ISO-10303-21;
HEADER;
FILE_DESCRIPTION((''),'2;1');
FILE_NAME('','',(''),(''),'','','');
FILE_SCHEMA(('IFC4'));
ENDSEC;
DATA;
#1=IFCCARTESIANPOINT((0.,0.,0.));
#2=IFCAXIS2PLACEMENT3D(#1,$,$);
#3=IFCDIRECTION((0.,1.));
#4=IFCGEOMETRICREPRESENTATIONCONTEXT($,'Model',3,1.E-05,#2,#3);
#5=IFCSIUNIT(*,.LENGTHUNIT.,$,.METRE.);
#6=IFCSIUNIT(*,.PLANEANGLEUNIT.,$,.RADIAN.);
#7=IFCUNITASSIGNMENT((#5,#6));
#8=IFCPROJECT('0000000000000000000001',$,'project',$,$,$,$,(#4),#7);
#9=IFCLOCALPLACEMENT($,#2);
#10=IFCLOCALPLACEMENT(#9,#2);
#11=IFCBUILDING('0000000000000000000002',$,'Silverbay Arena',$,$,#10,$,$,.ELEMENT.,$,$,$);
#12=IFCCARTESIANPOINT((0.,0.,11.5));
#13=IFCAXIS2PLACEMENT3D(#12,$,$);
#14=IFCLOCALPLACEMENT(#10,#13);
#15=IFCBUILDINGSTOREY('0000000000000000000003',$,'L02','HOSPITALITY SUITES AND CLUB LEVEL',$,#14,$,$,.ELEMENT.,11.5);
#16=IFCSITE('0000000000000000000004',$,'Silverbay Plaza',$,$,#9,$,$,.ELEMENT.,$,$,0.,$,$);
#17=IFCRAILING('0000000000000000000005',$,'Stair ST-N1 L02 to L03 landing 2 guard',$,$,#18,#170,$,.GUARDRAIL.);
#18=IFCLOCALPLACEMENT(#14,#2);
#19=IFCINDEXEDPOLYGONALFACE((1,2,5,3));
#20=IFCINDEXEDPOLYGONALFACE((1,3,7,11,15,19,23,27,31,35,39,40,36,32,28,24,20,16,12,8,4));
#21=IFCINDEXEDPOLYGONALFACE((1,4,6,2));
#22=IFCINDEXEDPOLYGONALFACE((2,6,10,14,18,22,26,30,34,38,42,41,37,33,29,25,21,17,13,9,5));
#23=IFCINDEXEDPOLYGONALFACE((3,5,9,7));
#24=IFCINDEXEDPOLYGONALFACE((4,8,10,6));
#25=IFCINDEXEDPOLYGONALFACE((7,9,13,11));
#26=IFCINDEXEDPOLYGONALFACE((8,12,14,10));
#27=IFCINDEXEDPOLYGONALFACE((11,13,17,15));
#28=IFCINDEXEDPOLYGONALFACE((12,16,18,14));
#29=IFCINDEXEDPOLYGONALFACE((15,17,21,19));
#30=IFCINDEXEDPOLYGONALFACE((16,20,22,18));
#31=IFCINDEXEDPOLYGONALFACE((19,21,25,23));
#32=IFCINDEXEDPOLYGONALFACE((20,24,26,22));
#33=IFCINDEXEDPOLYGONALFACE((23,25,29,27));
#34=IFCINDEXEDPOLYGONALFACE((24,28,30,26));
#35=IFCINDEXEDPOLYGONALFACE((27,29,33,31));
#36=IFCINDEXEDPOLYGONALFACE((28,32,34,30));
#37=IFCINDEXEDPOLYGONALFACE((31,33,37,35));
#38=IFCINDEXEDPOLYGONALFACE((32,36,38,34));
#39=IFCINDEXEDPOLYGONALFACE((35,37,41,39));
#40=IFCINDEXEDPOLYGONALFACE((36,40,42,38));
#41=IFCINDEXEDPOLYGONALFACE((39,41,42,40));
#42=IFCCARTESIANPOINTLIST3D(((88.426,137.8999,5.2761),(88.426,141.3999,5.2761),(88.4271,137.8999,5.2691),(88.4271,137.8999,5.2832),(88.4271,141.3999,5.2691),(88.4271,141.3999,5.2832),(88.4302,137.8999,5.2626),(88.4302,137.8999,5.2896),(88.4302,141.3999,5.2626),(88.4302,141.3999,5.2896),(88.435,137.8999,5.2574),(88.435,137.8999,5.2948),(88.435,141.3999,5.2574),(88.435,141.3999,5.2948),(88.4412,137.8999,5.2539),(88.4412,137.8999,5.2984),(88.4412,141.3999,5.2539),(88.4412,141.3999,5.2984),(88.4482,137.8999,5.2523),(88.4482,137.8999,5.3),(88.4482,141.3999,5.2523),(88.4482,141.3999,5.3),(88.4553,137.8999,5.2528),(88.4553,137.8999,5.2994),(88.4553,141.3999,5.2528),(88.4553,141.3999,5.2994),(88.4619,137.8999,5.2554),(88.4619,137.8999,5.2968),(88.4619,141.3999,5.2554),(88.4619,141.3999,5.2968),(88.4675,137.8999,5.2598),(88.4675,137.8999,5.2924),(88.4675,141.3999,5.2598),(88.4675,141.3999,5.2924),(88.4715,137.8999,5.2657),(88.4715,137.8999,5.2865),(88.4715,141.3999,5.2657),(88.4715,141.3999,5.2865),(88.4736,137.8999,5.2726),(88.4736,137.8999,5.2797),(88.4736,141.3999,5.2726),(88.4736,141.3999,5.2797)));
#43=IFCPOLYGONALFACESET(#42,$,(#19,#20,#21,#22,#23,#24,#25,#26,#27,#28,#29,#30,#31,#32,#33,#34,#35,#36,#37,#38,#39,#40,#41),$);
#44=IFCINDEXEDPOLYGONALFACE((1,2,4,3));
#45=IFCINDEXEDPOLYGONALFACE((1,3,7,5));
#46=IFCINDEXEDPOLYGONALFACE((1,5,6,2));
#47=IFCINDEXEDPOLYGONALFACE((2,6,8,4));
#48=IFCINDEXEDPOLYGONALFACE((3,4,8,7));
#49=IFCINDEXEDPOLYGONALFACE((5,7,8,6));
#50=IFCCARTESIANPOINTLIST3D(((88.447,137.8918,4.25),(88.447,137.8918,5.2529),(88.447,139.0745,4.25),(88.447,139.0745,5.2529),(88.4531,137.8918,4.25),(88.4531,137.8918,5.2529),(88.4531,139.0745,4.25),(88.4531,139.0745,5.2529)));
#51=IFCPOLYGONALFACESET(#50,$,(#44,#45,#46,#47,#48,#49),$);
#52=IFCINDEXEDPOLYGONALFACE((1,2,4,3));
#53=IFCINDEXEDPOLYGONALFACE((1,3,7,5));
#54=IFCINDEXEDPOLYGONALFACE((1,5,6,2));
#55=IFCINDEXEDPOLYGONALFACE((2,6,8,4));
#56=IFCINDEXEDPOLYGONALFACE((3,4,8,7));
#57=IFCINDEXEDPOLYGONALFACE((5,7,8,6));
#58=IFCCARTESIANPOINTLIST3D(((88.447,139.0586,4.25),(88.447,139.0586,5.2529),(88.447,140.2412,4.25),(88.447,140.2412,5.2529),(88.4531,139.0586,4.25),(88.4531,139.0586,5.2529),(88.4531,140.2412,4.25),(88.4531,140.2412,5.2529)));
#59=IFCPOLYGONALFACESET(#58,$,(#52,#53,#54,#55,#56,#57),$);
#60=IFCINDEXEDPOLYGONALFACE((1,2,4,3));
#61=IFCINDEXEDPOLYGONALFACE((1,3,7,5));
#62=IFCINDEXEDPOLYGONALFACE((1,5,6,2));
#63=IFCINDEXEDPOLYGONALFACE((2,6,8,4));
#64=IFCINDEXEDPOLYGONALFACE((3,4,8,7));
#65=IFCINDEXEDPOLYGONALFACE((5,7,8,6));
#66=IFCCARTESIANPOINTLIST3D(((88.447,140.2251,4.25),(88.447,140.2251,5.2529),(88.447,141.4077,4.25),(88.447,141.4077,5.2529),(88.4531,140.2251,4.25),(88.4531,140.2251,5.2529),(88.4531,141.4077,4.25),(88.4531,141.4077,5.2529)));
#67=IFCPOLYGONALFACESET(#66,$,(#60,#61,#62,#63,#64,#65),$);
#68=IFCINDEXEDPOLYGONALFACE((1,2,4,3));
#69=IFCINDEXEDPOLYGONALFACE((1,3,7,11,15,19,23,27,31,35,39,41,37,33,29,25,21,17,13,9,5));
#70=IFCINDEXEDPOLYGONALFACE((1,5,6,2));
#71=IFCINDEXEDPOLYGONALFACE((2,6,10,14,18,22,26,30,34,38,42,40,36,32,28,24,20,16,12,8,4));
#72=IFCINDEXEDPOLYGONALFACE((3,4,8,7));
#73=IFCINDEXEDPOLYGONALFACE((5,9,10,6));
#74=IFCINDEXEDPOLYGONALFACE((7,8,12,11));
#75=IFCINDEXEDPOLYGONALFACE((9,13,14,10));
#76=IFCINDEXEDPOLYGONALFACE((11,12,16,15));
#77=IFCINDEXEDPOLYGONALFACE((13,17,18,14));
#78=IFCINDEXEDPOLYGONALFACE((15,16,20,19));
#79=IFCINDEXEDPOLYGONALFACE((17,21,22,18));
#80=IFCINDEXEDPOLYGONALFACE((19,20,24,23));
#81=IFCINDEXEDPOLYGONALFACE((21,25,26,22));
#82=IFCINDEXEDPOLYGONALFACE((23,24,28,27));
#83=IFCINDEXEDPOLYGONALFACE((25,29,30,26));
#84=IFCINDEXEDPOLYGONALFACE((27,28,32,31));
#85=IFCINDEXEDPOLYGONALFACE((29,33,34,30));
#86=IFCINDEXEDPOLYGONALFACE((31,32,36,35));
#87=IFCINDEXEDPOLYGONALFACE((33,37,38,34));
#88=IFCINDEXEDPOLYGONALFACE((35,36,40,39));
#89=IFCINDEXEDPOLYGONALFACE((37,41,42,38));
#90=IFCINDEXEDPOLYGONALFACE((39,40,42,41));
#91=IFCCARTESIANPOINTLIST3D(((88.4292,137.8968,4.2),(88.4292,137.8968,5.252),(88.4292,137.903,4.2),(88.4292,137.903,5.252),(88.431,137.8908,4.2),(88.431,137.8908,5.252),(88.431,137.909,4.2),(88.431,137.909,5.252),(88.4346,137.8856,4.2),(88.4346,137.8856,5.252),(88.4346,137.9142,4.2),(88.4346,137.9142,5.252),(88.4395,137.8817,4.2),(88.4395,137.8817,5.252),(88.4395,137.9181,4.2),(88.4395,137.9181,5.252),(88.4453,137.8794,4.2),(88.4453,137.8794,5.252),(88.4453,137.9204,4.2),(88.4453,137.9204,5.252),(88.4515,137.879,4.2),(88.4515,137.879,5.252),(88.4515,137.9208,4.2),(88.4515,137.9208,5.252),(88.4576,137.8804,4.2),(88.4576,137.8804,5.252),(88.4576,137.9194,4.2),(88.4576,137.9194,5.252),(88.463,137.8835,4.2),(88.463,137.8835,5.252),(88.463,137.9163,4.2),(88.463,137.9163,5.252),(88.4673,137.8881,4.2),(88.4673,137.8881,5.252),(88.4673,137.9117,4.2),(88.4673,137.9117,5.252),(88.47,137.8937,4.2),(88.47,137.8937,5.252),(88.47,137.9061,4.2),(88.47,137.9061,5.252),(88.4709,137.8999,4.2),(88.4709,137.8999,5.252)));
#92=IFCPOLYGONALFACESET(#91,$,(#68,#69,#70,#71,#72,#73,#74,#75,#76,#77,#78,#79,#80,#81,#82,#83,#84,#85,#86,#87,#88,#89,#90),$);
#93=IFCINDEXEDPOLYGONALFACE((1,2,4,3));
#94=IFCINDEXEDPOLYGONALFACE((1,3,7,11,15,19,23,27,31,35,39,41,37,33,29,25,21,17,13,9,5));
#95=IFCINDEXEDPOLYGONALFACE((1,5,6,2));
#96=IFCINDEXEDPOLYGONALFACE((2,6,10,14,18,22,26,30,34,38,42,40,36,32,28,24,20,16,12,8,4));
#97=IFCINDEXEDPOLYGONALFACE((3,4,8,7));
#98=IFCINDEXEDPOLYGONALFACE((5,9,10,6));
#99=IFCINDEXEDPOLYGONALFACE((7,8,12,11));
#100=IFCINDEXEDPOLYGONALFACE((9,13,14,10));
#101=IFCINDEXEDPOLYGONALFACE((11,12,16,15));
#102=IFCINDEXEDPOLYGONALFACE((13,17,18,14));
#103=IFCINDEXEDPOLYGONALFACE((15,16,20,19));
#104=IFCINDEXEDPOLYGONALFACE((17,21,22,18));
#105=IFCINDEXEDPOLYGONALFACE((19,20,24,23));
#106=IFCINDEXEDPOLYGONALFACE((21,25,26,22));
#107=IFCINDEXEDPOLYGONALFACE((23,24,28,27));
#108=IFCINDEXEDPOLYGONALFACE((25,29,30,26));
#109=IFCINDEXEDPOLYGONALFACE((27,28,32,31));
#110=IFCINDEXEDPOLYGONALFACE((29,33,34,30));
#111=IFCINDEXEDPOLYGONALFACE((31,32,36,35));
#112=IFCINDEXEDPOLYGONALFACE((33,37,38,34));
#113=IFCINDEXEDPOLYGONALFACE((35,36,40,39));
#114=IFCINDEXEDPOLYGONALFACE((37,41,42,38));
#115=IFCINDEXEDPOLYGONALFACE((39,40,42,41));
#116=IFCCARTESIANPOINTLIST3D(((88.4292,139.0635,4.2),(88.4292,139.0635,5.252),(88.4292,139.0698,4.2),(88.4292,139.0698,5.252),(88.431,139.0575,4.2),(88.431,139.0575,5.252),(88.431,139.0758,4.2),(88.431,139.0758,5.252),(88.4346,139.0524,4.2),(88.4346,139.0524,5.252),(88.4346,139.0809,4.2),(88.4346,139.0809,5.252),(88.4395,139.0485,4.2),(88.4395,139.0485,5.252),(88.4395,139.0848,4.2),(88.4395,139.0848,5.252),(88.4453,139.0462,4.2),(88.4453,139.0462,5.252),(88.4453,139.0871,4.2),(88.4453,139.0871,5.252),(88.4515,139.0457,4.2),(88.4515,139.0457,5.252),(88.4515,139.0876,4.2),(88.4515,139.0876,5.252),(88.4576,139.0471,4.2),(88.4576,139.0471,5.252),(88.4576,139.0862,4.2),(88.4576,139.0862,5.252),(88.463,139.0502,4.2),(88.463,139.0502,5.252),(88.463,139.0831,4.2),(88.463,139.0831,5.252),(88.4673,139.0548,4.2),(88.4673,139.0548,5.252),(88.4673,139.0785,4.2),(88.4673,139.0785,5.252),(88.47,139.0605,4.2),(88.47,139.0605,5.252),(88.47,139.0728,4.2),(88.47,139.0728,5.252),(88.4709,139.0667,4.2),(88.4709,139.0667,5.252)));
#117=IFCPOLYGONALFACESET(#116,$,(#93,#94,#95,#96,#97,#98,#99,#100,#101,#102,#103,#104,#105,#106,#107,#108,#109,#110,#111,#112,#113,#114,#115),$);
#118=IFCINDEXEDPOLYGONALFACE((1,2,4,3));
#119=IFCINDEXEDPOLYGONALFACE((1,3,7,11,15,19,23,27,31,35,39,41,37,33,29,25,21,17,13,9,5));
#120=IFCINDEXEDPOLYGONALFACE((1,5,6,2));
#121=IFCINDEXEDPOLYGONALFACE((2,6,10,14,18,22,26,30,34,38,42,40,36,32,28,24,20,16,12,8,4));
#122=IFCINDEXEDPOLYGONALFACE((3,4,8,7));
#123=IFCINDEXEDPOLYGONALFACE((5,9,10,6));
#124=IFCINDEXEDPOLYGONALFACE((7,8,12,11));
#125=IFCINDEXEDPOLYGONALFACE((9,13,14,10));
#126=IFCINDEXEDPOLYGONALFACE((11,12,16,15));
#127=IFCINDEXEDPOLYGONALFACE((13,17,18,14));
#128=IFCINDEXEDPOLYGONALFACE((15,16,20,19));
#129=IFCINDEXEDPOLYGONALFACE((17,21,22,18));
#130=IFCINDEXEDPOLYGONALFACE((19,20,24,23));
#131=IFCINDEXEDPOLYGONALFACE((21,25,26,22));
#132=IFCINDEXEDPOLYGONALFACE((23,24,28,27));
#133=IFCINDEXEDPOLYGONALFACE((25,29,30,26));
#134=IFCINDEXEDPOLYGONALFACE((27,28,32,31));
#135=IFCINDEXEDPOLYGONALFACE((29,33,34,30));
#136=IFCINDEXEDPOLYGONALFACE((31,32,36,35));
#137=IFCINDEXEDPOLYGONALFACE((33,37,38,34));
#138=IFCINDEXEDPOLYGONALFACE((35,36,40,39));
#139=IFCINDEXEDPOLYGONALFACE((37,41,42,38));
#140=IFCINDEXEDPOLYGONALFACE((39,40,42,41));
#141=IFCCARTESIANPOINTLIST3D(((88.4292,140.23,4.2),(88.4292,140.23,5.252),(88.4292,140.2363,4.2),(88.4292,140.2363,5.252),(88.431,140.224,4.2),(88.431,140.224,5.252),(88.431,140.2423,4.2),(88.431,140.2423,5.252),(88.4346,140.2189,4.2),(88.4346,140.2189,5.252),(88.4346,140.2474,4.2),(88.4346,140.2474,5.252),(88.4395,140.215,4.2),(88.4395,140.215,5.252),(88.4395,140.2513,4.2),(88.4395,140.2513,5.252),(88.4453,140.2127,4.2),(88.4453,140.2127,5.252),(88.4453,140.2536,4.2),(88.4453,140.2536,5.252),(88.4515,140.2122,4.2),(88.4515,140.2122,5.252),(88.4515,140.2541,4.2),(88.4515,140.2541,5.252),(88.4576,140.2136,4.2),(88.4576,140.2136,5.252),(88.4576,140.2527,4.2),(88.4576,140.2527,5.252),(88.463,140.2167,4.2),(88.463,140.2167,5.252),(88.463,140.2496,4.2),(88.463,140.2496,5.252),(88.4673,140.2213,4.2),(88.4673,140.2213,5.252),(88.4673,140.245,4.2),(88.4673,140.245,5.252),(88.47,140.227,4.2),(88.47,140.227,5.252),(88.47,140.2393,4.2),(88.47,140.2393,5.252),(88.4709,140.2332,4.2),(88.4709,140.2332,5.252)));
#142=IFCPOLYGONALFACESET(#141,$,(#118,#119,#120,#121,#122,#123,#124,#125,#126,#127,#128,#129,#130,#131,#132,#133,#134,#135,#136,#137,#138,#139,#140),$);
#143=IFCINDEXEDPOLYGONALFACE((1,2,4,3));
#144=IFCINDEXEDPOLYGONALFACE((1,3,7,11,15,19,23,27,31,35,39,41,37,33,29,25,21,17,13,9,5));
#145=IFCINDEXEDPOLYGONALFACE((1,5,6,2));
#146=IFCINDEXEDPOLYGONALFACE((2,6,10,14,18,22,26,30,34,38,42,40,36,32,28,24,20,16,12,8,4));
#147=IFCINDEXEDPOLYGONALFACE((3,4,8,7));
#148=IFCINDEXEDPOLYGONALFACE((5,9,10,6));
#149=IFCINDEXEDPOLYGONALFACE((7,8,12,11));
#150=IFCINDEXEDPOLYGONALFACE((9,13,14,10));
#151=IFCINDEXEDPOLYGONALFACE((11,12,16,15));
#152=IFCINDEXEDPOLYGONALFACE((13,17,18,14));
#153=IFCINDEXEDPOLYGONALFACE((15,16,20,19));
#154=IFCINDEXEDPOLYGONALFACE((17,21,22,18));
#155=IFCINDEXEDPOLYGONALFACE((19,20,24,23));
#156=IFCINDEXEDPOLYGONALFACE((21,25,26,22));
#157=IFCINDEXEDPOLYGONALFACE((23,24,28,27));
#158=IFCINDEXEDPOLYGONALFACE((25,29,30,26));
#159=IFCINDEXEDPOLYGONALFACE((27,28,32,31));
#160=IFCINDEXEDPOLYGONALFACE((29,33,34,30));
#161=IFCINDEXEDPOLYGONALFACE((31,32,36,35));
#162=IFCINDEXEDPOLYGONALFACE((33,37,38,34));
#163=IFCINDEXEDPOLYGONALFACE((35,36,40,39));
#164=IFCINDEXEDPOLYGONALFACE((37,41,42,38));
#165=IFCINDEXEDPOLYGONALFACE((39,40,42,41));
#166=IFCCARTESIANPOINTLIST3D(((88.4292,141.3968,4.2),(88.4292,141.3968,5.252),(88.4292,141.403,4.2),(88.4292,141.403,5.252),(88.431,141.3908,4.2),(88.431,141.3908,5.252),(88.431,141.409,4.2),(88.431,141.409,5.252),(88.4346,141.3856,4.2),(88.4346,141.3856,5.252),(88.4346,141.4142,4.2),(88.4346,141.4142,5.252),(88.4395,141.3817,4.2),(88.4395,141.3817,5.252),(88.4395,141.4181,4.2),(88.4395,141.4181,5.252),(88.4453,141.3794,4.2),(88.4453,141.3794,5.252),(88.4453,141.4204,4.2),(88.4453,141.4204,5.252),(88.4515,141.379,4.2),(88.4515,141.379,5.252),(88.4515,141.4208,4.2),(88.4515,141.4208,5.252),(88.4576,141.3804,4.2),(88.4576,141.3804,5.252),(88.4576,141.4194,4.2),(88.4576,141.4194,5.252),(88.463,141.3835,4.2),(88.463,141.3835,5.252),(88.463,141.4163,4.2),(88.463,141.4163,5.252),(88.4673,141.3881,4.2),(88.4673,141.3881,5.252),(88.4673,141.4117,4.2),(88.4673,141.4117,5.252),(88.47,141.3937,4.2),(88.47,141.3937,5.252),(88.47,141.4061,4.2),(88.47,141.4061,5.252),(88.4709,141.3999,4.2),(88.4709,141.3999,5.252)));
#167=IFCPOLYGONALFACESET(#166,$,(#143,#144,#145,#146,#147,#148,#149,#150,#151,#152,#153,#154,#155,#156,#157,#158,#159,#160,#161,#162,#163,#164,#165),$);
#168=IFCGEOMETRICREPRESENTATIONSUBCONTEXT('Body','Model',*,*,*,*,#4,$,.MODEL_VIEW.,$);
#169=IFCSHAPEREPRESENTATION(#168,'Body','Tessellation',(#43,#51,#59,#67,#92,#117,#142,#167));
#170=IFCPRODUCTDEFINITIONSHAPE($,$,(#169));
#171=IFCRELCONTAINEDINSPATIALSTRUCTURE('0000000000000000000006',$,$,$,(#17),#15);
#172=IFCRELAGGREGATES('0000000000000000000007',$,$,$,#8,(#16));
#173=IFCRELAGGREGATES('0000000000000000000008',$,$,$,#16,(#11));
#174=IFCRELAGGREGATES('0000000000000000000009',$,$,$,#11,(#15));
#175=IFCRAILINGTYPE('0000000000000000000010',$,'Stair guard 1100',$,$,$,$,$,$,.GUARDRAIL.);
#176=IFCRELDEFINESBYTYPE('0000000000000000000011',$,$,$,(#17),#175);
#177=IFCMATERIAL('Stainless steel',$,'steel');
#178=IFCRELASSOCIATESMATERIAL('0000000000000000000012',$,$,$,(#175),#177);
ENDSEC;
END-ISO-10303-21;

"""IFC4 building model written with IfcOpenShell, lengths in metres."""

from ifc_helpers import new_model, si_unit, direction, frame, origin, origin_2d, place, context, subcontext, project, spatial, polyline, circle, outline, extrude, material, type_object, element, save


model = new_model("IFC4")

# Units and contexts
model_context = context("Model", 3, precision=1e-05, world=origin(), true_north=direction((0.0, 1.0)))
body_context = subcontext(model_context, "Body", "Model", "MODEL_VIEW")
ifc_project = project(units=[si_unit("LENGTHUNIT", "METRE"), si_unit("PLANEANGLEUNIT", "RADIAN")], contexts=[model_context])

# Site, building, storey
site_placement = place(None, origin())
site = spatial("IfcSite", under=ifc_project, at=site_placement, Name="Silverbay Plaza", CompositionType="ELEMENT", RefElevation=0.0)
building_placement = place(site_placement, origin())
building = spatial("IfcBuilding", under=site, at=building_placement, Name="Silverbay Arena", CompositionType="ELEMENT")
storey_placement = place(building_placement, frame((0.0, 0.0, 11.5)))
storey = spatial("IfcBuildingStorey", under=building, at=storey_placement, Name="L02", Description="HOSPITALITY SUITES AND CLUB LEVEL", CompositionType="ELEMENT", Elevation=11.5)

# Railing
ifc_material_1 = material(Name="Stainless steel", Category="steel")
railing_type_1 = type_object("IfcRailingType", Name="Stair guard 1100", PredefinedType="GUARDRAIL", material=ifc_material_1)
for number, where, name in (
    (1, (88.45, 137.8999, 4.2), "Stair ST-N1 L02 to L03 landing 2 guard"),
):
    element("IfcRailing", number, at=place(storey_placement, frame(where)), inside=storey, type_object=railing_type_1, Name=name, PredefinedType="GUARDRAIL", context=body_context, shape_type="SweptSolid", body=[
        extrude(circle(Radius=0.0239, at=origin_2d()), frame((0.0, 0.0, 1.0762), z_axis=(0.0, 1.0, 0.0), x_axis=(-1.0, 0.0, 0.0)), (0.0, 0.0, 1.0), 3.5),
        extrude(outline(polyline([(-0.0081, 0.05), (1.1746, 0.05), (1.1746, 1.053), (-0.0081, 1.053), (-0.0081, 0.05)])), frame((-0.0029, 0.0, 0.0), z_axis=(1.0, 0.0, 0.0), x_axis=(0.0, 1.0, 0.0)), (0.0, 0.0, 1.0), 0.0061),
        extrude(outline(polyline([(-0.0081, 0.05), (1.1746, 0.05), (1.1746, 1.053), (-0.0081, 1.053), (-0.0081, 0.05)])), frame((-0.0029, 1.1667, 0.0), z_axis=(1.0, 0.0, 0.0), x_axis=(0.0, 1.0, 0.0)), (0.0, 0.0, 1.0), 0.0061),
        extrude(outline(polyline([(-0.0081, 0.05), (1.1746, 0.05), (1.1746, 1.053), (-0.0081, 1.053), (-0.0081, 0.05)])), frame((-0.0029, 2.3333, 0.0), z_axis=(1.0, 0.0, 0.0), x_axis=(0.0, 1.0, 0.0)), (0.0, 0.0, 1.0), 0.0061),
        extrude(circle(Radius=0.021, at=origin_2d()), origin(), (0.0, 0.0, 1.0), 1.052),
        extrude(circle(Radius=0.021, at=origin_2d()), frame((0.0, 1.1667, 0.0)), (0.0, 0.0, 1.0), 1.052),
        extrude(circle(Radius=0.021, at=origin_2d()), frame((0.0, 2.3333, 0.0)), (0.0, 0.0, 1.0), 1.052),
        extrude(circle(Radius=0.021, at=origin_2d()), frame((0.0, 3.5, 0.0)), (0.0, 0.0, 1.0), 1.052),
    ])

save(model, "model.ifc")
